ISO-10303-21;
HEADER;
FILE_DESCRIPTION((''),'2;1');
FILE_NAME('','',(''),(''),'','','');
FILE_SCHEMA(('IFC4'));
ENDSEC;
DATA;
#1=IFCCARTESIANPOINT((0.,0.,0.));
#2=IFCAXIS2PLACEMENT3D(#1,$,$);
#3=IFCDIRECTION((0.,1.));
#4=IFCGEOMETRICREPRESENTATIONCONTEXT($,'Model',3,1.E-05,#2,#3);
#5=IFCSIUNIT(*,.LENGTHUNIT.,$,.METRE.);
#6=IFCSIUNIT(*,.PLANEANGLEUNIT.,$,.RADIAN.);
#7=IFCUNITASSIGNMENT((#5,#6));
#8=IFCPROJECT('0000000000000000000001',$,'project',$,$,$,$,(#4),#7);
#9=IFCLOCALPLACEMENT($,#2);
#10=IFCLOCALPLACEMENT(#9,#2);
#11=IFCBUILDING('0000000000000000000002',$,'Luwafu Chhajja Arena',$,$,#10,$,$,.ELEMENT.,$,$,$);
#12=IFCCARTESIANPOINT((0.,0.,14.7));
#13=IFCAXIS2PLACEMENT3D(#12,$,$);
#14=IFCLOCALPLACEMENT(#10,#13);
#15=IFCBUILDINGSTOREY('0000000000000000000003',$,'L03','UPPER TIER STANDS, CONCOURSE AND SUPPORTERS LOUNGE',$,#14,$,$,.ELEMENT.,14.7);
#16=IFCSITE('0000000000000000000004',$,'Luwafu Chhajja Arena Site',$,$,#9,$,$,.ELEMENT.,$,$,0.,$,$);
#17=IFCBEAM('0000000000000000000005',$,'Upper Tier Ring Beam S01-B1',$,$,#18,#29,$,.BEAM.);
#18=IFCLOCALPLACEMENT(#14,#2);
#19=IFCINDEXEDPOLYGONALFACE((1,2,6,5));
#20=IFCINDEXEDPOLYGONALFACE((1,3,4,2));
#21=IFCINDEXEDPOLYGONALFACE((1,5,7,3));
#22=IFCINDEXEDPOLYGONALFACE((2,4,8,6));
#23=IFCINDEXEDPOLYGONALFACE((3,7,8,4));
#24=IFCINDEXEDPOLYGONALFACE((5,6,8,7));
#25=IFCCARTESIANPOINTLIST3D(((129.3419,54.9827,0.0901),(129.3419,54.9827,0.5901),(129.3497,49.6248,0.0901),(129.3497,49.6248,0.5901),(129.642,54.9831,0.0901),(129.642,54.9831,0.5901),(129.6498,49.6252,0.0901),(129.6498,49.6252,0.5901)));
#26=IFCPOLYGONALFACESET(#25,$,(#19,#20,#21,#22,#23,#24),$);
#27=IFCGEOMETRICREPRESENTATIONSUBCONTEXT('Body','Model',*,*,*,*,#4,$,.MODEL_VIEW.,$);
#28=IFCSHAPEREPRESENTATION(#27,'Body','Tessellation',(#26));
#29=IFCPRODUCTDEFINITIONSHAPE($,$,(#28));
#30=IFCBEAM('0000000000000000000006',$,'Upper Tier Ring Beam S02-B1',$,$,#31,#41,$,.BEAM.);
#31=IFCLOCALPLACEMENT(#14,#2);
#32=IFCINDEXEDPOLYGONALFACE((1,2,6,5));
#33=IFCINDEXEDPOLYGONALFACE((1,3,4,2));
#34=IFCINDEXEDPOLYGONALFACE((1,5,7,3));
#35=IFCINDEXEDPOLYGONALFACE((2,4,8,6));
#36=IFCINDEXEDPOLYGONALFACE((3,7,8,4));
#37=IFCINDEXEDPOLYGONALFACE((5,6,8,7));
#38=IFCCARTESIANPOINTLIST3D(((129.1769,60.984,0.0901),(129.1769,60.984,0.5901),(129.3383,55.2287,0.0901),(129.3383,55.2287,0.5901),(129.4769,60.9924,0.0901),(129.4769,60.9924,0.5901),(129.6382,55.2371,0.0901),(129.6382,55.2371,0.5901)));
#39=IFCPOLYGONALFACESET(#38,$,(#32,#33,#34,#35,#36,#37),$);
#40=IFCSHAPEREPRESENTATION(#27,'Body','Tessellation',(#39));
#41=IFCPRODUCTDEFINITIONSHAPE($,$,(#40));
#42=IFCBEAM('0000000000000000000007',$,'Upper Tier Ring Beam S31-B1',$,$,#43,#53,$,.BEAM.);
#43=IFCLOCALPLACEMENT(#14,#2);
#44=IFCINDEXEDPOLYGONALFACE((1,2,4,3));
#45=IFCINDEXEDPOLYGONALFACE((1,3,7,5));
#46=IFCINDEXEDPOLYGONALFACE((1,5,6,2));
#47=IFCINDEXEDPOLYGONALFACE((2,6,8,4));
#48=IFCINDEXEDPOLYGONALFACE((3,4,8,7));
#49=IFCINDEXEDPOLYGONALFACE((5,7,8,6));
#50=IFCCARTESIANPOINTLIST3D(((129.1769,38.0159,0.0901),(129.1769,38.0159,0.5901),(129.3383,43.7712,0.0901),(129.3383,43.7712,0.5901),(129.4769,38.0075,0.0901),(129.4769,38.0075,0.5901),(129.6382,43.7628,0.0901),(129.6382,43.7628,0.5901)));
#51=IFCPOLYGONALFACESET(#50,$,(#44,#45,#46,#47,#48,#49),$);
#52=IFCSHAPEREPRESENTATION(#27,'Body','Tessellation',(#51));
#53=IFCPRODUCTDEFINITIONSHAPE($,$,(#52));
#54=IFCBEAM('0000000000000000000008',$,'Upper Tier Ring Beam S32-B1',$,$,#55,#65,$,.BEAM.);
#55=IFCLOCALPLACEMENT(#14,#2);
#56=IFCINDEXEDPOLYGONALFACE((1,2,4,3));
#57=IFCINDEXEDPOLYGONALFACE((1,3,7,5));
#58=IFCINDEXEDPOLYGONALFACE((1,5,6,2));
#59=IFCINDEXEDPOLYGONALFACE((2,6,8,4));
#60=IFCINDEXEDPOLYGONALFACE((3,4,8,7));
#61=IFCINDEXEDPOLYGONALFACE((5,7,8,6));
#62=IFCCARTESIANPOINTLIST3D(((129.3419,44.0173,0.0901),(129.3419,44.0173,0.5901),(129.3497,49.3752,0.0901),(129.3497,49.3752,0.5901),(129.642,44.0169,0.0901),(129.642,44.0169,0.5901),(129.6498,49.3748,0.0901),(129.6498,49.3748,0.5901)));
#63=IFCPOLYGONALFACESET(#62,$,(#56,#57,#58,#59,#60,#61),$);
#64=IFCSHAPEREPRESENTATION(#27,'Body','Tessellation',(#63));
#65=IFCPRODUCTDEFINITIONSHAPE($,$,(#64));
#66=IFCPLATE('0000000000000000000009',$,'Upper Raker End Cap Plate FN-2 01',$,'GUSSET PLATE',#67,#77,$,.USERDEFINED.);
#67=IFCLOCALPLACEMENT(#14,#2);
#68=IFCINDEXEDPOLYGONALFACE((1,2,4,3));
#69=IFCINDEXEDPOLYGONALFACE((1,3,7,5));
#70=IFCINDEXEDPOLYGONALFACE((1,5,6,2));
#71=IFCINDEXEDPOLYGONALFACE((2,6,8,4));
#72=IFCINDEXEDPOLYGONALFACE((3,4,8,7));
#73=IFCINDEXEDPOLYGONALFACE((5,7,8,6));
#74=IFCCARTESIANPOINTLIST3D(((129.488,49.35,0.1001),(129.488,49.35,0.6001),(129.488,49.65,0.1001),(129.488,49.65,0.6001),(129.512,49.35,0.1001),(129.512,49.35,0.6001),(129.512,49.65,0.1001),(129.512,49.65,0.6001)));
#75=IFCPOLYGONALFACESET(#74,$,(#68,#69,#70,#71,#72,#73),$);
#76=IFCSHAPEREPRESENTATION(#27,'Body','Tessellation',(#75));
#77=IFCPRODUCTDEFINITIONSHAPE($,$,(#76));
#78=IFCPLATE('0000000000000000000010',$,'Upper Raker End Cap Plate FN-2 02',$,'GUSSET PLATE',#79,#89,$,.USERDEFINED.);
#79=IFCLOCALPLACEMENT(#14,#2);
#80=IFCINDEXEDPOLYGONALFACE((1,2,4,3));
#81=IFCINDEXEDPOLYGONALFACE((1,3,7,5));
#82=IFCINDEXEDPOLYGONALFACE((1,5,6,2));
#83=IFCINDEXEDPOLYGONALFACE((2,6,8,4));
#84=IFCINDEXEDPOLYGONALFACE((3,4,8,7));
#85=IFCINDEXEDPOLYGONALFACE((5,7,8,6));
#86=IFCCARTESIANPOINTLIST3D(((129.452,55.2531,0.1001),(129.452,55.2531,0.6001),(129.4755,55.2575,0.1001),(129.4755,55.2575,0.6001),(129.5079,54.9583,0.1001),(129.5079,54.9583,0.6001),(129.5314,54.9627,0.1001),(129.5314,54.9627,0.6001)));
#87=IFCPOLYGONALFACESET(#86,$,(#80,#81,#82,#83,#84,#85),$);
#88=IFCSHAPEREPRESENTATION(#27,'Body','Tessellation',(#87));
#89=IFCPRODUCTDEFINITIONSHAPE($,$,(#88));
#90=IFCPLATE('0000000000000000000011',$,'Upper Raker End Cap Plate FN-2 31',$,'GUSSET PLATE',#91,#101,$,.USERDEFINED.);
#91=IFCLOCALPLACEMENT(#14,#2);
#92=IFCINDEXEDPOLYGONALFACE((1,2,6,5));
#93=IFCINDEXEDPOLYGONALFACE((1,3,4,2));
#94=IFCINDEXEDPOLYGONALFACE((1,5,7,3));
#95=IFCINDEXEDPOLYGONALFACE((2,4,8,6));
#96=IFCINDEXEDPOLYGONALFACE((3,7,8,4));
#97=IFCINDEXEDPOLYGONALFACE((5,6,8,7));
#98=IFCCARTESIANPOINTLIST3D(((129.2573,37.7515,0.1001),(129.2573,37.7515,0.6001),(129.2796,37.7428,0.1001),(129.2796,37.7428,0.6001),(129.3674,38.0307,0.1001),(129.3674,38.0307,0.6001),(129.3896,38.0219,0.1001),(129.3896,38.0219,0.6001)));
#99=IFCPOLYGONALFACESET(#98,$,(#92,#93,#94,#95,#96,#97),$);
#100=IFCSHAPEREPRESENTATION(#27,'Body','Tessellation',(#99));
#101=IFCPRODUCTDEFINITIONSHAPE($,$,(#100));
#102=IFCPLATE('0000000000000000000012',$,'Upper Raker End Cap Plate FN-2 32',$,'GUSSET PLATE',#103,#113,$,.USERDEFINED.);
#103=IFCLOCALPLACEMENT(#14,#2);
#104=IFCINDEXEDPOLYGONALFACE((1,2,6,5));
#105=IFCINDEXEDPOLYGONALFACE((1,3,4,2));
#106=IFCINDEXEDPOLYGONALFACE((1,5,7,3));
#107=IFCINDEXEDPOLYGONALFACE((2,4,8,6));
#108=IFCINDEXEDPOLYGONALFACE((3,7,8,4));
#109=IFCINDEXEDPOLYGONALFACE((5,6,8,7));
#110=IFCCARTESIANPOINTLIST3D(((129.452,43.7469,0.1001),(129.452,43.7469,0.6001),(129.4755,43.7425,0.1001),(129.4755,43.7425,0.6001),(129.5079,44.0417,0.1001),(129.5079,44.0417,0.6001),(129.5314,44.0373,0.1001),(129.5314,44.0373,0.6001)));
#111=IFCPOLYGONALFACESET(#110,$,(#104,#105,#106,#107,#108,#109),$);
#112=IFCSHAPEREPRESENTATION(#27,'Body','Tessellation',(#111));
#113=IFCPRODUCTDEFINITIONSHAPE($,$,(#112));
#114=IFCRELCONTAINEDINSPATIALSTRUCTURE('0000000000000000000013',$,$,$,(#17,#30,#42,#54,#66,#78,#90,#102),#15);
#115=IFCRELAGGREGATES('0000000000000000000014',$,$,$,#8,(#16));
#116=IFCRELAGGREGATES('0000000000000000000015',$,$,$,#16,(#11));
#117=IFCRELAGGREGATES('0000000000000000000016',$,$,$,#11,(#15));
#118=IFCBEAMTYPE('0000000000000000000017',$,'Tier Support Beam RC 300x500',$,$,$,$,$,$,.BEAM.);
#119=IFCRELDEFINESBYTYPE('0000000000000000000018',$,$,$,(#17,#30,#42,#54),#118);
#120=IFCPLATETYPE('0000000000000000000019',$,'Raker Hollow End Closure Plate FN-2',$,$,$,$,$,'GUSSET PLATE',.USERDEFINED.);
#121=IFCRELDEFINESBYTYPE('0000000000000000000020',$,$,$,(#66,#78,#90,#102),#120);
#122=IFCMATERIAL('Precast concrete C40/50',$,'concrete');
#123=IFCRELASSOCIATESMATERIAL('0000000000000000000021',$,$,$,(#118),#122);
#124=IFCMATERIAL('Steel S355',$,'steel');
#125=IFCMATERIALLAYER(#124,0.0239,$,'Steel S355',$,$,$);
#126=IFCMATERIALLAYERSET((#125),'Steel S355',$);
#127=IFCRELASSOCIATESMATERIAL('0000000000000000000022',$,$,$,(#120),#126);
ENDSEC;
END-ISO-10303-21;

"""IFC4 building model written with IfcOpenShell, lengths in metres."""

from ifc_helpers import new_model, si_unit, direction, frame, origin, origin_2d, place, context, subcontext, project, spatial, rectangle, extrude, material, layer, layer_set, material_profile, profile_set, type_object, element, save


model = new_model("IFC4")

# Units and contexts
model_context = context("Model", 3, precision=1e-05, world=origin(), true_north=direction((0.0, 1.0)))
body_context = subcontext(model_context, "Body", "Model", "MODEL_VIEW")
ifc_project = project(units=[si_unit("LENGTHUNIT", "METRE"), si_unit("PLANEANGLEUNIT", "RADIAN")], contexts=[model_context])

# Site, building, storey
site_placement = place(None, origin())
site = spatial("IfcSite", under=ifc_project, at=site_placement, Name="Luwafu Chhajja Arena Site", CompositionType="ELEMENT", RefElevation=0.0)
building_placement = place(site_placement, origin())
building = spatial("IfcBuilding", under=site, at=building_placement, Name="Luwafu Chhajja Arena", CompositionType="ELEMENT")
storey_placement = place(building_placement, frame((0.0, 0.0, 14.7)))
storey = spatial("IfcBuildingStorey", under=building, at=storey_placement, Name="L03", Description="UPPER TIER STANDS, CONCOURSE AND SUPPORTERS LOUNGE", CompositionType="ELEMENT", Elevation=14.7)

# Shared definitions
ifc_material_1 = material(Name="Steel S355", Category="steel")

# Beams
ifc_material_2 = material(Name="Precast concrete C40/50", Category="concrete")
ifc_material_profile_1 = material_profile(ifc_material_2, rectangle(XDim=0.3, YDim=0.5, at=origin_2d()), Name="RC 300x500")
ifc_profile_set_1 = profile_set([ifc_material_profile_1], Name="Precast concrete C40/50")
beam_type_1 = type_object("IfcBeamType", Name="Tier Support Beam RC 300x500", PredefinedType="BEAM", material=ifc_profile_set_1)
beam_1_placement = place(storey_placement, frame((129.4998, 49.625, 0.3401), z_axis=(-0.001458, 0.999999, 0.0), x_axis=(-0.999999, -0.001458, 0.0)))
element("IfcBeam", 1, at=beam_1_placement, inside=storey, type_object=beam_type_1, Name="Upper Tier Ring Beam S01-B1", PredefinedType="BEAM", context=body_context, shape_type="SweptSolid", body=[
    extrude(rectangle(XDim=0.3, YDim=0.5, at=origin_2d()), origin(), (0.0, 0.0, 1.0), 5.3579),
])
for number, where, z_axis, x_axis, name in (
    (2, (129.4883, 55.2329, 0.3401), (-0.028028, 0.999607, 0.0), (-0.999607, -0.028028, 0.0), "Upper Tier Ring Beam S02-B1"),
    (3, (129.3269, 38.0117, 0.3401), (0.028028, 0.999607, 0.0), (-0.999607, 0.028028, 0.0), "Upper Tier Ring Beam S31-B1"),
):
    element("IfcBeam", number, at=place(storey_placement, frame(where, z_axis=z_axis, x_axis=x_axis)), inside=storey, type_object=beam_type_1, Name=name, PredefinedType="BEAM", context=body_context, shape_type="SweptSolid", body=[
        extrude(rectangle(XDim=0.3, YDim=0.5, at=origin_2d()), origin(), (0.0, 0.0, 1.0), 5.7576),
    ])
beam_2_placement = place(storey_placement, frame((129.4919, 44.0171, 0.3401), z_axis=(0.001458, 0.999999, 0.0), x_axis=(-0.999999, 0.001458, 0.0)))
element("IfcBeam", 4, at=beam_2_placement, inside=storey, type_object=beam_type_1, Name="Upper Tier Ring Beam S32-B1", PredefinedType="BEAM", context=body_context, shape_type="SweptSolid", body=[
    extrude(rectangle(XDim=0.3, YDim=0.5, at=origin_2d()), origin(), (0.0, 0.0, 1.0), 5.3579),
])

# Plates
ifc_layer = layer(ifc_material_1, 0.0239, Name="Steel S355")
ifc_layer_set = layer_set([ifc_layer], Name="Steel S355")
plate_type = type_object("IfcPlateType", Name="Raker Hollow End Closure Plate FN-2", ElementType="GUSSET PLATE", PredefinedType="USERDEFINED", material=ifc_layer_set)
for number, where, z_axis, x_axis, name in (
    (5, (129.5, 49.5, 0.1001), (0.0, 0.0, 1.0), (1.0, 0.0, 0.0), "Upper Raker End Cap Plate FN-2 01"),
    (6, (129.4917, 55.1079, 0.1001), (0.0, 0.0, 1.0), (0.982548, 0.186009, 0.0), "Upper Raker End Cap Plate FN-2 02"),
    (7, (129.3235, 37.8867, 0.1001), (0.0, 0.0, 1.0), (0.930319, -0.366752, 0.0), "Upper Raker End Cap Plate FN-2 31"),
    (8, (129.4917, 43.8921, 0.1001), (0.0, 0.0, 1.0), (0.982548, -0.186009, 0.0), "Upper Raker End Cap Plate FN-2 32"),
):
    element("IfcPlate", number, at=place(storey_placement, frame(where, z_axis=z_axis, x_axis=x_axis)), inside=storey, type_object=plate_type, Name=name, ObjectType="GUSSET PLATE", PredefinedType="USERDEFINED", context=body_context, shape_type="SweptSolid", body=[
        extrude(rectangle(XDim=0.0239, YDim=0.3, at=origin_2d()), origin(), (0.0, 0.0, 1.0), 0.5),
    ])

save(model, "model.ifc")
